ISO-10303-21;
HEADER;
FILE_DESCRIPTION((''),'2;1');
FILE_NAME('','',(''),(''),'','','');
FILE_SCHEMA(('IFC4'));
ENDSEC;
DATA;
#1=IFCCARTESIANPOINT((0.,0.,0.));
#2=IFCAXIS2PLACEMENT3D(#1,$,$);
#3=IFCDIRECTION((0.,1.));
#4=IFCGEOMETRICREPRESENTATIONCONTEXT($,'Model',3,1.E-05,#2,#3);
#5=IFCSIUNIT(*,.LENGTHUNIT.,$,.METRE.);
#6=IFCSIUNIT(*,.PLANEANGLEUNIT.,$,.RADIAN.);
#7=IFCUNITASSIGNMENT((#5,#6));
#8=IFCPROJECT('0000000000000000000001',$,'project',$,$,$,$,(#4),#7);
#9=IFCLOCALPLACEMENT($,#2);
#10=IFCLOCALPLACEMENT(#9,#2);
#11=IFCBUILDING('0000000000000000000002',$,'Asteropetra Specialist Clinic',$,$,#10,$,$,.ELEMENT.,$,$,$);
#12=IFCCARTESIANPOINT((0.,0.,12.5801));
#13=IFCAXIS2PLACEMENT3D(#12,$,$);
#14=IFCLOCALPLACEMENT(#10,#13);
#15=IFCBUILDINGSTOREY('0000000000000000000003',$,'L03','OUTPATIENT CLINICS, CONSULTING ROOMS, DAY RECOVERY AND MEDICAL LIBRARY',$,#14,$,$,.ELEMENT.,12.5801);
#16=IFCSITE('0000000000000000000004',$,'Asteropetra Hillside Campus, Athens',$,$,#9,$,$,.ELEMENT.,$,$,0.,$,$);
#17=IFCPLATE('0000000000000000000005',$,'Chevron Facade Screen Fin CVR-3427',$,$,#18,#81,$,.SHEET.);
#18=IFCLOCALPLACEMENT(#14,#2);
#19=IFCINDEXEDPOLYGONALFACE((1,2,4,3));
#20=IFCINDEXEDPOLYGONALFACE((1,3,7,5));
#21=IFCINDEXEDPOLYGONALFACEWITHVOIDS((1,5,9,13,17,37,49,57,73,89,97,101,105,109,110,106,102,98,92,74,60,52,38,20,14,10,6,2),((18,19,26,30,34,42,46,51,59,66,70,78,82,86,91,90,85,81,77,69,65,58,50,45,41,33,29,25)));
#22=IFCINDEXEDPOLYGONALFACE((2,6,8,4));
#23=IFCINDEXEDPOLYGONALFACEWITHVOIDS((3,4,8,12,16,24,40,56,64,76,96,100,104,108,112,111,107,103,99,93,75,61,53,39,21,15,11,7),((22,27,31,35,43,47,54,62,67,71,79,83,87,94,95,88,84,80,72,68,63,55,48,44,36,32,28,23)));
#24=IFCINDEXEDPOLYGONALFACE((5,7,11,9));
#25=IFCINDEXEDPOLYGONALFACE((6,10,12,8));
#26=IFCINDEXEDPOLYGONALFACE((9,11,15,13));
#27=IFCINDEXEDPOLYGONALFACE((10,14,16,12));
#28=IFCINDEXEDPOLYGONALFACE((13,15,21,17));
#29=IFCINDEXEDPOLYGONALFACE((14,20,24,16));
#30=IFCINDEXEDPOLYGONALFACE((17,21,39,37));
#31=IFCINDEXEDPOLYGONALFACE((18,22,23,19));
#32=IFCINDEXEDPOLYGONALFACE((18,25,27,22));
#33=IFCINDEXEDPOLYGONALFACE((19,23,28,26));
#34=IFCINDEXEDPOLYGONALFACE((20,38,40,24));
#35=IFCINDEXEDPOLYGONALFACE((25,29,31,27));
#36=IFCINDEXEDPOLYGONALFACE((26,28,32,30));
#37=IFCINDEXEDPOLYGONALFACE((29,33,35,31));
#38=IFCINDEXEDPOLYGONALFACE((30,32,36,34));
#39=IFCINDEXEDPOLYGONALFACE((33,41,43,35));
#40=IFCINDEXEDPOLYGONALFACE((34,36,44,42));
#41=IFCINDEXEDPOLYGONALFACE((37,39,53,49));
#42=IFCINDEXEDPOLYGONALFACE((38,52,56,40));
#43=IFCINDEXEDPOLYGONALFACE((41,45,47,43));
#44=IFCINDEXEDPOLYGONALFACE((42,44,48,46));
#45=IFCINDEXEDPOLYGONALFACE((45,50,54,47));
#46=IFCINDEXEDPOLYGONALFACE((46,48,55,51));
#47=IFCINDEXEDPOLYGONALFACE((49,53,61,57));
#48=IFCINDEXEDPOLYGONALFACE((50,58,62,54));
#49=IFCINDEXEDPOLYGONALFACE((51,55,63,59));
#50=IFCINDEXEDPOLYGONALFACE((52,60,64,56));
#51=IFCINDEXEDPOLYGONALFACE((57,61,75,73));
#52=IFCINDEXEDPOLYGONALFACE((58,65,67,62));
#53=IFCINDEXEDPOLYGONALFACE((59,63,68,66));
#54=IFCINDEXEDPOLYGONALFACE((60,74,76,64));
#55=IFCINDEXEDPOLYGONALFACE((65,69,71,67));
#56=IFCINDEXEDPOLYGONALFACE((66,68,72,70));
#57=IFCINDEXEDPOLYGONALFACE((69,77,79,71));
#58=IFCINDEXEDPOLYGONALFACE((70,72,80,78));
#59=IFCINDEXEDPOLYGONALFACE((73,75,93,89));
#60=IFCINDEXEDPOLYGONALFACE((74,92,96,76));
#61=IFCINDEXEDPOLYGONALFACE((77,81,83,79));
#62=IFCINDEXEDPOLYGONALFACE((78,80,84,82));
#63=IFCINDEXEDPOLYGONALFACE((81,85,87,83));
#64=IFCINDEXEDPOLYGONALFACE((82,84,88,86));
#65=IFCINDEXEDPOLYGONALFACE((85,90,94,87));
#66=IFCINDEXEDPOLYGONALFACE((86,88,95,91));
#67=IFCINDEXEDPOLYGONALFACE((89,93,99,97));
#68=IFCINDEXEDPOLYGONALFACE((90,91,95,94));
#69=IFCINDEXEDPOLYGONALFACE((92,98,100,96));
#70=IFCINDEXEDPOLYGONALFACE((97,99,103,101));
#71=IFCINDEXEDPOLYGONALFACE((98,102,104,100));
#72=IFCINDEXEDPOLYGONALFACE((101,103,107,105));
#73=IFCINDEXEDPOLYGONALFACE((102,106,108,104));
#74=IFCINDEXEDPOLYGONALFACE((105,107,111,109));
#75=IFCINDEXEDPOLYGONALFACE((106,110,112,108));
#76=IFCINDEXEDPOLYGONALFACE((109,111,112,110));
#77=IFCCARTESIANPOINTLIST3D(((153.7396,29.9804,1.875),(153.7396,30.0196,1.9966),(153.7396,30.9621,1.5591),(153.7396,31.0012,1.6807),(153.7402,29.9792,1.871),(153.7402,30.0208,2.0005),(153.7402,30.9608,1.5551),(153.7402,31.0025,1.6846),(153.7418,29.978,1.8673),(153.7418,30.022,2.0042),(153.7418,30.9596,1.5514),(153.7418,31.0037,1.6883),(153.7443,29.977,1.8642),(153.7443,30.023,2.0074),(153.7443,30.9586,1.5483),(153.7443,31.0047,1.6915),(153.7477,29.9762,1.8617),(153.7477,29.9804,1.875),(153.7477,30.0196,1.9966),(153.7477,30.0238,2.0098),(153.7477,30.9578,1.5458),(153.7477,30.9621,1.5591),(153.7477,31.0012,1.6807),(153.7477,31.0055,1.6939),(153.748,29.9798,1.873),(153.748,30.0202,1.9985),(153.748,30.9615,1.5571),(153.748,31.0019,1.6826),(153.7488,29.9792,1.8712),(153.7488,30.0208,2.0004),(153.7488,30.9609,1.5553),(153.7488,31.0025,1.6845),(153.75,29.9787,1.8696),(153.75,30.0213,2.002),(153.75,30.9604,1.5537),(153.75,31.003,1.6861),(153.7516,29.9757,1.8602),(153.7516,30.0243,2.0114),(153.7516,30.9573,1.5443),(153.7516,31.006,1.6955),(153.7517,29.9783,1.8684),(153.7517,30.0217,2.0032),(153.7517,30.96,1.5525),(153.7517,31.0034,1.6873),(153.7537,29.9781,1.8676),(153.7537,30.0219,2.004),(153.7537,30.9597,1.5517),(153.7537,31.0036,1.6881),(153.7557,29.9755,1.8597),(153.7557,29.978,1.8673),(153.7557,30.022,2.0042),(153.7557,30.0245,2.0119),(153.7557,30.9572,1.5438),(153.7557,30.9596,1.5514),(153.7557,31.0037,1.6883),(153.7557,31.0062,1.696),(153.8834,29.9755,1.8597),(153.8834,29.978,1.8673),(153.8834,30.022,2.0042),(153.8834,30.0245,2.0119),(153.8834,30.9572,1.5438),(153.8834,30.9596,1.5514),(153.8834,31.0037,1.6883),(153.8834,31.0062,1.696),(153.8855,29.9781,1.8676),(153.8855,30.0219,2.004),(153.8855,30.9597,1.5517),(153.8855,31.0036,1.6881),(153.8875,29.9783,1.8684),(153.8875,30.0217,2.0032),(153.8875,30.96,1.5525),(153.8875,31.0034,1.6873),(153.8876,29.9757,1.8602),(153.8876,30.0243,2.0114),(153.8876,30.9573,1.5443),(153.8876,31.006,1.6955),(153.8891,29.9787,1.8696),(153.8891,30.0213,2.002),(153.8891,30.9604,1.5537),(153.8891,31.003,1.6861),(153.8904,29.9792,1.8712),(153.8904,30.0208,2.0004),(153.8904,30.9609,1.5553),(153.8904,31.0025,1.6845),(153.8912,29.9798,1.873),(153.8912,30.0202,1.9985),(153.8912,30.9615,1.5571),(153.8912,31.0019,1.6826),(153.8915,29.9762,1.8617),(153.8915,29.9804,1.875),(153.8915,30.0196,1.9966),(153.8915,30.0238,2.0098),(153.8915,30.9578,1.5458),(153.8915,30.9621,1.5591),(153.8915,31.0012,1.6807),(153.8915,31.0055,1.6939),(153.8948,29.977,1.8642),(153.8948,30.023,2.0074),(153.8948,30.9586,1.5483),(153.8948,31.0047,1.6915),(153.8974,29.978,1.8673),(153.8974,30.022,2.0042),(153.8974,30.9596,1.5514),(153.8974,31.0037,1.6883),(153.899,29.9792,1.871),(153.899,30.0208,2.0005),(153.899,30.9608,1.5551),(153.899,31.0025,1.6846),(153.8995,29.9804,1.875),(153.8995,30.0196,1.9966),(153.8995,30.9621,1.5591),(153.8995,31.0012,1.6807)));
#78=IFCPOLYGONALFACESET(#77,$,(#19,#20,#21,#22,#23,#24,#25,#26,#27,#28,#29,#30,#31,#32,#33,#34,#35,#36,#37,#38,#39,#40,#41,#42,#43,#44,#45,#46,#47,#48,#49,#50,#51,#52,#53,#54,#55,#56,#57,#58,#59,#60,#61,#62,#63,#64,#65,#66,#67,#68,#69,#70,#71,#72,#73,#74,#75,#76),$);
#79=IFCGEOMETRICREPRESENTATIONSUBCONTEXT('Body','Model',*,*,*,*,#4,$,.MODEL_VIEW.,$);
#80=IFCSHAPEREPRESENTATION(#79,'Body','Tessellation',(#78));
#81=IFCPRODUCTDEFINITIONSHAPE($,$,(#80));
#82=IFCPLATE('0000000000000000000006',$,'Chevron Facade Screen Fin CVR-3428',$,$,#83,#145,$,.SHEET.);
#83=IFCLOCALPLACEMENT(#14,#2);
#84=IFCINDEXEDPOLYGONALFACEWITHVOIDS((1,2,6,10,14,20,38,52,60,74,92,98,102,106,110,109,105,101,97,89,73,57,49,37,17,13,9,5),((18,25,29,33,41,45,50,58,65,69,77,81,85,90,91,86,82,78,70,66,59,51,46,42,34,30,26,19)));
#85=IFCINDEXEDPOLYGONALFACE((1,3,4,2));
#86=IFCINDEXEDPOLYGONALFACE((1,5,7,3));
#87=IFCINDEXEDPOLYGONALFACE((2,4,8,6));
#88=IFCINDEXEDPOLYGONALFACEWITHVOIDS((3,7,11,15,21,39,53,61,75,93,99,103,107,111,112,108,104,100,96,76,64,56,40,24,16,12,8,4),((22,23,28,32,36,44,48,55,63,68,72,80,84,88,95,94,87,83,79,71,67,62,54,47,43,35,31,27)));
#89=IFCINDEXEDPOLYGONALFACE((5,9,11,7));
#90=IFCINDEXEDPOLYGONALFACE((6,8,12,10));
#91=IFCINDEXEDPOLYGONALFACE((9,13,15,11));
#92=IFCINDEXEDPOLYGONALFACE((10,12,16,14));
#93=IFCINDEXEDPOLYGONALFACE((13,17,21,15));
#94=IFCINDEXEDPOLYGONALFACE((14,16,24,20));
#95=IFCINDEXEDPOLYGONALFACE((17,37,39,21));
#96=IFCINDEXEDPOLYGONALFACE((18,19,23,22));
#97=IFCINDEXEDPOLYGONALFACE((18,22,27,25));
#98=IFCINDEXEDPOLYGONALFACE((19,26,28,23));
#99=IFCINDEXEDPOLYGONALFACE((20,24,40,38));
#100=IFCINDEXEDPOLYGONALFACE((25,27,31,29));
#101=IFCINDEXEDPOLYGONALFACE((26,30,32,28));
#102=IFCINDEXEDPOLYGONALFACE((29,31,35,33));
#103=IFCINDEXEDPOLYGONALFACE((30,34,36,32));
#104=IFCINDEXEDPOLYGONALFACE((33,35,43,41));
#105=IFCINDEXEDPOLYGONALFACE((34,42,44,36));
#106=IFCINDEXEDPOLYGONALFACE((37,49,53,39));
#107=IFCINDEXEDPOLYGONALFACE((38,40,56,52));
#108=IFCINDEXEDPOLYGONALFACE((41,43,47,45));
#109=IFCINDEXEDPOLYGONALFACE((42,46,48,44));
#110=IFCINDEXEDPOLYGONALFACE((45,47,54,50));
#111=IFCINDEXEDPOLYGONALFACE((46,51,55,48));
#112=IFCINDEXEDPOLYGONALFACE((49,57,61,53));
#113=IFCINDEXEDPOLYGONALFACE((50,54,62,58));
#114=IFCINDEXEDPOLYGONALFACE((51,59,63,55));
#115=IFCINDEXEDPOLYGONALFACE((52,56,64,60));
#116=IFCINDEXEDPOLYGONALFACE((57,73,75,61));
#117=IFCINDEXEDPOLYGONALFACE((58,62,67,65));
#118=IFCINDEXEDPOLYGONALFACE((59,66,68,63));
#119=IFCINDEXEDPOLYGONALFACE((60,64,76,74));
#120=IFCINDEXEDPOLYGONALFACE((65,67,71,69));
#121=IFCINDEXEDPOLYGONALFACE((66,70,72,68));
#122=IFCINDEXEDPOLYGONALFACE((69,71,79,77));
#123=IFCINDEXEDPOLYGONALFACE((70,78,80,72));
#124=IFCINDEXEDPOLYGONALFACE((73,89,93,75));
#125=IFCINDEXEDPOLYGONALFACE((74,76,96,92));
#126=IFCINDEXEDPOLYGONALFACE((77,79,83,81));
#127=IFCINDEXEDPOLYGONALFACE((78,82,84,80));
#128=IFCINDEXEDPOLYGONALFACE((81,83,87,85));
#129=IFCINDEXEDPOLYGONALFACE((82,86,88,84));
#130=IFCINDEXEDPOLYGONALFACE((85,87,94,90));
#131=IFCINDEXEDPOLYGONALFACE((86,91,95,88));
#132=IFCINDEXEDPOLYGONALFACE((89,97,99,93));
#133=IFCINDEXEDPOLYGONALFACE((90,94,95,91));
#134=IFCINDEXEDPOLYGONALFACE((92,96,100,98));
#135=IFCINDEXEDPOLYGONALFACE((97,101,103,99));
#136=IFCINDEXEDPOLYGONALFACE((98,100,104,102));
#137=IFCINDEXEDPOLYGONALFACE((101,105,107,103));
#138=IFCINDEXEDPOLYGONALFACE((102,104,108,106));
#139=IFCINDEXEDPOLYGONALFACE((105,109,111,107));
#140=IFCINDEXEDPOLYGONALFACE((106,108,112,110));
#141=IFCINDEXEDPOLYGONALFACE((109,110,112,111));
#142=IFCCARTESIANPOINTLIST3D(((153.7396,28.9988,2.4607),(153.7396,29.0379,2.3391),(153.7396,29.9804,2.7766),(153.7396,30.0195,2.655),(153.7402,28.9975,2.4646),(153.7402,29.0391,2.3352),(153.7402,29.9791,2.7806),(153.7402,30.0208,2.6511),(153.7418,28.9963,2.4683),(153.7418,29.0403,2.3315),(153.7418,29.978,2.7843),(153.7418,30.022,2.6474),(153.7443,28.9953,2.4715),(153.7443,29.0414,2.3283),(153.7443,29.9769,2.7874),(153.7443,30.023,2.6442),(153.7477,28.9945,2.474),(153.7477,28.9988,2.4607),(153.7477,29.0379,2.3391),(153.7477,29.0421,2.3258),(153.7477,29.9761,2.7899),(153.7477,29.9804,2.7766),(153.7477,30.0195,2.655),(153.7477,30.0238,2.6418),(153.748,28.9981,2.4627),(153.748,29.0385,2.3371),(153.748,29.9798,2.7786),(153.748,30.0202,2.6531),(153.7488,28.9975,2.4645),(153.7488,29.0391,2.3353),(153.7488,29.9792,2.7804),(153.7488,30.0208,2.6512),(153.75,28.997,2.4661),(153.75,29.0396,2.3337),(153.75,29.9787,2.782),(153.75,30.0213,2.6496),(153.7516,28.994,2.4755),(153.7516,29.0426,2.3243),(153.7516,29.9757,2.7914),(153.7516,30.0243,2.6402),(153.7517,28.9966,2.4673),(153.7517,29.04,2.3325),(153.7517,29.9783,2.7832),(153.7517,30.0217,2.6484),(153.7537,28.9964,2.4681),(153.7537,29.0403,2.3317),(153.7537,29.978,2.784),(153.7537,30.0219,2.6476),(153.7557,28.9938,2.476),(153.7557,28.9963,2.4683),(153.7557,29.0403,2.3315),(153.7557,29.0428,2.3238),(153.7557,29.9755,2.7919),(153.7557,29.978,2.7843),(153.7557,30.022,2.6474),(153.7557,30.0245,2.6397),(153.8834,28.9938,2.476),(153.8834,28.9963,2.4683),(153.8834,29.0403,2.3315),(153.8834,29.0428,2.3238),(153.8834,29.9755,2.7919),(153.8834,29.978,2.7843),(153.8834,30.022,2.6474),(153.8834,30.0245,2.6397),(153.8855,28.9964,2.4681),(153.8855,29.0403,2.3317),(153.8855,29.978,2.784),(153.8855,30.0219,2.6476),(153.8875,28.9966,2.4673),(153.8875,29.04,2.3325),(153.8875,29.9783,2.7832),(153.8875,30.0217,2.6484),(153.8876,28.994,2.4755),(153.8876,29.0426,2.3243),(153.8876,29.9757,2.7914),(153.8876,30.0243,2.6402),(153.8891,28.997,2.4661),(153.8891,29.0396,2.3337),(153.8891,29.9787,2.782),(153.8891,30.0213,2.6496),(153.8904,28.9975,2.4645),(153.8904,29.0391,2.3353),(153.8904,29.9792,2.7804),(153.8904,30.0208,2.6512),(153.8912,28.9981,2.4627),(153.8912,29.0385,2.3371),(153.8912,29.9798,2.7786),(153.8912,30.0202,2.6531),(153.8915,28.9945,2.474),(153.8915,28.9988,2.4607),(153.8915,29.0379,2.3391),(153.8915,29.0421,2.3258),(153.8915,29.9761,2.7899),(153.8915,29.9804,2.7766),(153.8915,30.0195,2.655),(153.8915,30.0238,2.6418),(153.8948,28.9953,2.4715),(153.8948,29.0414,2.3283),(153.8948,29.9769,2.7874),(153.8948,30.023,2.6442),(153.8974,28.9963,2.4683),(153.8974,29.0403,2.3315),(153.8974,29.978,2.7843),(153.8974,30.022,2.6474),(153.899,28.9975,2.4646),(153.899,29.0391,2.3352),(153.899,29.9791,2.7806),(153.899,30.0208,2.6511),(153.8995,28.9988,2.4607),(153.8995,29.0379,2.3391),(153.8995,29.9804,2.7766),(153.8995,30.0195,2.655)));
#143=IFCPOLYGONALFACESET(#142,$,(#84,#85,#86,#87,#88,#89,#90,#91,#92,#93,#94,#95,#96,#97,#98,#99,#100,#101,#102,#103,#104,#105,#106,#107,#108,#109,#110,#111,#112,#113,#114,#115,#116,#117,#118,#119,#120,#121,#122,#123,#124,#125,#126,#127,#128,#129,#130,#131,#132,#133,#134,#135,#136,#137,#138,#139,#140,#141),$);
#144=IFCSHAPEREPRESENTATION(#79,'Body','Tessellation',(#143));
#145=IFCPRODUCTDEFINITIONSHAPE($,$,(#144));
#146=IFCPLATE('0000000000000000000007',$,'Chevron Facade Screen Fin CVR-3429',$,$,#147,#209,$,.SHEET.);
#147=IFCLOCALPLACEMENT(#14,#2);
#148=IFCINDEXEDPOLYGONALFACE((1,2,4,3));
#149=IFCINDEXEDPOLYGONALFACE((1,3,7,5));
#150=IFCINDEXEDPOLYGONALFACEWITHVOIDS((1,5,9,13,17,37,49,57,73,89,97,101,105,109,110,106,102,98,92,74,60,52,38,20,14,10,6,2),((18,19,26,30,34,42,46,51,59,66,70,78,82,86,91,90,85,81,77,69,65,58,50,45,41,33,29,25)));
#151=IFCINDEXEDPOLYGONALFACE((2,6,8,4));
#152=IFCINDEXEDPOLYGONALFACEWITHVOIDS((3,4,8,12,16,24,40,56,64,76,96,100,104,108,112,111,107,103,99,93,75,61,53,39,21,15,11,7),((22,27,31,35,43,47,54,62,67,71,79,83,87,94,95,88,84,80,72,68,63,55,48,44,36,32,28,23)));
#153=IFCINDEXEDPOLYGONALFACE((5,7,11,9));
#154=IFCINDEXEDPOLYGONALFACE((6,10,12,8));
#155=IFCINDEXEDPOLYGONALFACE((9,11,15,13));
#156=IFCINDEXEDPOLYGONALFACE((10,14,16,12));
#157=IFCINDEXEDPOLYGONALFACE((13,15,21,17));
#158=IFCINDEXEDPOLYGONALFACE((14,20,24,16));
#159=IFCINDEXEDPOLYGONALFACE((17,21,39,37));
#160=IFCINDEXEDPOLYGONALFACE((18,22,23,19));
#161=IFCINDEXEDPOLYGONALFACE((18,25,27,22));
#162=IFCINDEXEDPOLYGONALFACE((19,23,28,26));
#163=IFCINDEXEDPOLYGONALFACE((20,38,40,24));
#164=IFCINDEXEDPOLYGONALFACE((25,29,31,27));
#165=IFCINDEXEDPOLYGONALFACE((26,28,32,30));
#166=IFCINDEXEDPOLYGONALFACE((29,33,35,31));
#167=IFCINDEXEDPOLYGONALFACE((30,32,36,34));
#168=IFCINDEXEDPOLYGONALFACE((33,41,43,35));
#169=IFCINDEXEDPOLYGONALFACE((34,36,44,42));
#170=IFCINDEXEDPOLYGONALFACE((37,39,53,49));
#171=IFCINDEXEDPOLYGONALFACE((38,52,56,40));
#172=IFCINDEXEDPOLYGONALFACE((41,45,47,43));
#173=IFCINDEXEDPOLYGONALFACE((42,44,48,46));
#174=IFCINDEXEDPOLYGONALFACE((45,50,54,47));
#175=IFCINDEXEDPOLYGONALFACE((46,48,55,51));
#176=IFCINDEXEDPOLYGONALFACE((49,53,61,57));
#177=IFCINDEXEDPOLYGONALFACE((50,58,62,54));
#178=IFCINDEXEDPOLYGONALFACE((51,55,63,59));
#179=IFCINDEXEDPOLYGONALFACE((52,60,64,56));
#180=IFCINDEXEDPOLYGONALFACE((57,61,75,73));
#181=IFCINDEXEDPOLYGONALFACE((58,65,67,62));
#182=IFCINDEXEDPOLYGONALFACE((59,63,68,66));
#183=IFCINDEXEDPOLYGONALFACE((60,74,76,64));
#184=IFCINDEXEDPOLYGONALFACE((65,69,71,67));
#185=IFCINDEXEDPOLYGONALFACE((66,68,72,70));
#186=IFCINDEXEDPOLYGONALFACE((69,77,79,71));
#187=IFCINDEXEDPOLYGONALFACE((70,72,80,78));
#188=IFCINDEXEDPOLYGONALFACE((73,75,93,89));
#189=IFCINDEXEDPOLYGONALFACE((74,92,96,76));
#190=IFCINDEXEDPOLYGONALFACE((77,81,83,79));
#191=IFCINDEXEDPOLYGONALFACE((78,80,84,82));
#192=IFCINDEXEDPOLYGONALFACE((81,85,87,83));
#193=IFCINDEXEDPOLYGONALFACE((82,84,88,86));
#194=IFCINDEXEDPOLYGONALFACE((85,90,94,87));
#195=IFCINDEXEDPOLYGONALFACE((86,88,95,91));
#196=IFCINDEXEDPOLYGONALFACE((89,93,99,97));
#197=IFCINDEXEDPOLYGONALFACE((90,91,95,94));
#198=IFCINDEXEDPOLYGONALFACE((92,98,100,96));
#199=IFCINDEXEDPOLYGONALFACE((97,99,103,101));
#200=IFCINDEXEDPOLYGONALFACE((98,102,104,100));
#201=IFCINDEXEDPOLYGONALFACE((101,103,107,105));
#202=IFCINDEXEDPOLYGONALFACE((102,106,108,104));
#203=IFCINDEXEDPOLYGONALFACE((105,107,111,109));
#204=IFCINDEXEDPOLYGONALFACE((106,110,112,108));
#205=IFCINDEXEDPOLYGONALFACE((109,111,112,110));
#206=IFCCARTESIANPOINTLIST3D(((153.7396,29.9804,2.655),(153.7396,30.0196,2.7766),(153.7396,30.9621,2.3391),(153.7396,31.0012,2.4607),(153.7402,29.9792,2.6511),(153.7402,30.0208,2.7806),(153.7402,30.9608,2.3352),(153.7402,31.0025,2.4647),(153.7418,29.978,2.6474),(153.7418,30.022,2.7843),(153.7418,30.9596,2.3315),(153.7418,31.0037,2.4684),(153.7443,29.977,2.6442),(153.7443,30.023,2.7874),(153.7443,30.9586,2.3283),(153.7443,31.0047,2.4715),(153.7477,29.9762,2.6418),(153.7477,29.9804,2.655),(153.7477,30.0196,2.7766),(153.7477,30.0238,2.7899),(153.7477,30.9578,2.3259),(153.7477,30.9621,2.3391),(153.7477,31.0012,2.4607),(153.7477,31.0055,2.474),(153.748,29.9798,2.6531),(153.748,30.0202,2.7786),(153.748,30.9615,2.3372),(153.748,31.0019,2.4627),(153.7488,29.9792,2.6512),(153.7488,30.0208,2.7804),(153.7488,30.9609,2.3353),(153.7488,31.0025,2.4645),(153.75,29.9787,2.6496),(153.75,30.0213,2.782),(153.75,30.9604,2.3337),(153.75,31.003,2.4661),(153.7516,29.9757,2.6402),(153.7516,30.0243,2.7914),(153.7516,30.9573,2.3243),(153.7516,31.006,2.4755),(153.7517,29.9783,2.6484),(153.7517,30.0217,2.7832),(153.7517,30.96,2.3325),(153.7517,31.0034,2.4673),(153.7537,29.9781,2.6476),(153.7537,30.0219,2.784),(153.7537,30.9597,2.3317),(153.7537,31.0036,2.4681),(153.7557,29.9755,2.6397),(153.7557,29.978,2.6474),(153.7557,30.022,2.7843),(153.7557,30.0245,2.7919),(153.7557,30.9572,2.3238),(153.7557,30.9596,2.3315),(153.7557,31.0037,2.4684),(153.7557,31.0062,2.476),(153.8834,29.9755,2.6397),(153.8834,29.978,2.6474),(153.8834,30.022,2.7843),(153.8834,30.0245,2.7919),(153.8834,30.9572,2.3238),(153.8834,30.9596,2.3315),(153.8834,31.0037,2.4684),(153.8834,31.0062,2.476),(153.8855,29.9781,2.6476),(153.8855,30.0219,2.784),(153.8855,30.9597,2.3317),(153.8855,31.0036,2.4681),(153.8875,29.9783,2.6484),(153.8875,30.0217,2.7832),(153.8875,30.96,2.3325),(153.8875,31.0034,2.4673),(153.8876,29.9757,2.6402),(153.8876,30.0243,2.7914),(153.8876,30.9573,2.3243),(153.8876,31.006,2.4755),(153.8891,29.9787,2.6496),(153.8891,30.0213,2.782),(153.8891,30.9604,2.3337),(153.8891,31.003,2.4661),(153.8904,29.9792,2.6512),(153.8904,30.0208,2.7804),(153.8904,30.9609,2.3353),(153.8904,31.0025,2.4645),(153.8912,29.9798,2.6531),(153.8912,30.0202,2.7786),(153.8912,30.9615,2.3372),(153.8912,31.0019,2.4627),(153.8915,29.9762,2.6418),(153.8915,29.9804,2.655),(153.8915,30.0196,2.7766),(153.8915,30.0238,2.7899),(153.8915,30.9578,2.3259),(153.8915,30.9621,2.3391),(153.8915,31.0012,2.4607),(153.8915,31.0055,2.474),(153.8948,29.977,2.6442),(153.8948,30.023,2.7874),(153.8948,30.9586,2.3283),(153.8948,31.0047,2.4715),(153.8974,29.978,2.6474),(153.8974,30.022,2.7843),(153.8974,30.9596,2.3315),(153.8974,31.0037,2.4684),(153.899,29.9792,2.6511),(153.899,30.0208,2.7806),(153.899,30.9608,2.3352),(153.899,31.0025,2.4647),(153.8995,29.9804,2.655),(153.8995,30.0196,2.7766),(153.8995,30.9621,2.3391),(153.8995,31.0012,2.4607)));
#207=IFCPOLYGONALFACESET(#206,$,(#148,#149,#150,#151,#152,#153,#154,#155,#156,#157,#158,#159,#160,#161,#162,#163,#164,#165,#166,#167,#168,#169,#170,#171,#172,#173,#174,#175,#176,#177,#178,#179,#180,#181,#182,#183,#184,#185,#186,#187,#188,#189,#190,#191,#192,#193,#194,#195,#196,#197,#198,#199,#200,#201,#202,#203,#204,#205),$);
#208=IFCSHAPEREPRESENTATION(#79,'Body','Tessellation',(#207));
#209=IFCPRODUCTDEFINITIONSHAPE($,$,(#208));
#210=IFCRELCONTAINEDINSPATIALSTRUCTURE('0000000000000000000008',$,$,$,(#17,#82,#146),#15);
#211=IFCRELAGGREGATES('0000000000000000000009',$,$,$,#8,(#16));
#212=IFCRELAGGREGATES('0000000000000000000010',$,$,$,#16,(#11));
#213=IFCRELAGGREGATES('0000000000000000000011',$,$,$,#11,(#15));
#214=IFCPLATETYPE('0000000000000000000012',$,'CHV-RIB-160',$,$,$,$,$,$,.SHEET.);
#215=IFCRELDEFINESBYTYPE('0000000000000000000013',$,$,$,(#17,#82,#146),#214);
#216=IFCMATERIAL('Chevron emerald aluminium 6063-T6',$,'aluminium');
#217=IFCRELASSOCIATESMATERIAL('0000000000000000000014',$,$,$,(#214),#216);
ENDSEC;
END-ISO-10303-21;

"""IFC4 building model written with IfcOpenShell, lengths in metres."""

from ifc_helpers import new_model, si_unit, direction, frame, origin, origin_2d, place, context, subcontext, project, spatial, hollow_rectangle, extrude, material, material_profile, profile_set, type_object, element, save


model = new_model("IFC4")

# Units and contexts
model_context = context("Model", 3, precision=1e-05, world=origin(), true_north=direction((0.0, 1.0)))
body_context = subcontext(model_context, "Body", "Model", "MODEL_VIEW")
ifc_project = project(units=[si_unit("LENGTHUNIT", "METRE"), si_unit("PLANEANGLEUNIT", "RADIAN")], contexts=[model_context])

# Site, building, storey
site_placement = place(None, origin())
site = spatial("IfcSite", under=ifc_project, at=site_placement, Name="Asteropetra Hillside Campus, Athens", CompositionType="ELEMENT", RefElevation=0.0)
building_placement = place(site_placement, origin())
building = spatial("IfcBuilding", under=site, at=building_placement, Name="Asteropetra Specialist Clinic", CompositionType="ELEMENT")
storey_placement = place(building_placement, frame((0.0, 0.0, 12.5801)))
storey = spatial("IfcBuildingStorey", under=building, at=storey_placement, Name="L03", Description="OUTPATIENT CLINICS, CONSULTING ROOMS, DAY RECOVERY AND MEDICAL LIBRARY", CompositionType="ELEMENT", Elevation=12.5801)

# Plates
ifc_material_1 = material(Name="Chevron emerald aluminium 6063-T6", Category="aluminium")
ifc_material_profile = material_profile(ifc_material_1, hollow_rectangle(XDim=0.1599, YDim=0.1599, WallThickness=0.0081, InnerFilletRadius=0.0081, OuterFilletRadius=0.0161, at=origin_2d()), Name="SHS 160x160x8.0")
ifc_profile_set = profile_set([ifc_material_profile], Name="Chevron emerald aluminium 6063-T6")
plate_type_1 = type_object("IfcPlateType", Name="CHV-RIB-160", PredefinedType="SHEET", material=ifc_profile_set)
for number, where, z_axis, x_axis, name in (
    (1, (153.8196, 30.0, 1.9358), (0.0, 0.951923, -0.306339), (-1.0, 0.0, 0.0), "Chevron Facade Screen Fin CVR-3427"),
    (2, (153.8196, 29.0183, 2.3999), (0.0, 0.951923, 0.306339), (-1.0, 0.0, 0.0), "Chevron Facade Screen Fin CVR-3428"),
    (3, (153.8196, 30.0, 2.7158), (0.0, 0.951923, -0.306339), (-1.0, 0.0, 0.0), "Chevron Facade Screen Fin CVR-3429"),
):
    element("IfcPlate", number, at=place(storey_placement, frame(where, z_axis=z_axis, x_axis=x_axis)), inside=storey, type_object=plate_type_1, Name=name, PredefinedType="SHEET", context=body_context, shape_type="SweptSolid", body=[
        extrude(hollow_rectangle(XDim=0.1599, YDim=0.1599, WallThickness=0.0081, InnerFilletRadius=0.0081, OuterFilletRadius=0.0161, at=origin_2d()), origin(), (0.0, 0.0, 1.0), 1.0312),
    ])

save(model, "model.ifc")
